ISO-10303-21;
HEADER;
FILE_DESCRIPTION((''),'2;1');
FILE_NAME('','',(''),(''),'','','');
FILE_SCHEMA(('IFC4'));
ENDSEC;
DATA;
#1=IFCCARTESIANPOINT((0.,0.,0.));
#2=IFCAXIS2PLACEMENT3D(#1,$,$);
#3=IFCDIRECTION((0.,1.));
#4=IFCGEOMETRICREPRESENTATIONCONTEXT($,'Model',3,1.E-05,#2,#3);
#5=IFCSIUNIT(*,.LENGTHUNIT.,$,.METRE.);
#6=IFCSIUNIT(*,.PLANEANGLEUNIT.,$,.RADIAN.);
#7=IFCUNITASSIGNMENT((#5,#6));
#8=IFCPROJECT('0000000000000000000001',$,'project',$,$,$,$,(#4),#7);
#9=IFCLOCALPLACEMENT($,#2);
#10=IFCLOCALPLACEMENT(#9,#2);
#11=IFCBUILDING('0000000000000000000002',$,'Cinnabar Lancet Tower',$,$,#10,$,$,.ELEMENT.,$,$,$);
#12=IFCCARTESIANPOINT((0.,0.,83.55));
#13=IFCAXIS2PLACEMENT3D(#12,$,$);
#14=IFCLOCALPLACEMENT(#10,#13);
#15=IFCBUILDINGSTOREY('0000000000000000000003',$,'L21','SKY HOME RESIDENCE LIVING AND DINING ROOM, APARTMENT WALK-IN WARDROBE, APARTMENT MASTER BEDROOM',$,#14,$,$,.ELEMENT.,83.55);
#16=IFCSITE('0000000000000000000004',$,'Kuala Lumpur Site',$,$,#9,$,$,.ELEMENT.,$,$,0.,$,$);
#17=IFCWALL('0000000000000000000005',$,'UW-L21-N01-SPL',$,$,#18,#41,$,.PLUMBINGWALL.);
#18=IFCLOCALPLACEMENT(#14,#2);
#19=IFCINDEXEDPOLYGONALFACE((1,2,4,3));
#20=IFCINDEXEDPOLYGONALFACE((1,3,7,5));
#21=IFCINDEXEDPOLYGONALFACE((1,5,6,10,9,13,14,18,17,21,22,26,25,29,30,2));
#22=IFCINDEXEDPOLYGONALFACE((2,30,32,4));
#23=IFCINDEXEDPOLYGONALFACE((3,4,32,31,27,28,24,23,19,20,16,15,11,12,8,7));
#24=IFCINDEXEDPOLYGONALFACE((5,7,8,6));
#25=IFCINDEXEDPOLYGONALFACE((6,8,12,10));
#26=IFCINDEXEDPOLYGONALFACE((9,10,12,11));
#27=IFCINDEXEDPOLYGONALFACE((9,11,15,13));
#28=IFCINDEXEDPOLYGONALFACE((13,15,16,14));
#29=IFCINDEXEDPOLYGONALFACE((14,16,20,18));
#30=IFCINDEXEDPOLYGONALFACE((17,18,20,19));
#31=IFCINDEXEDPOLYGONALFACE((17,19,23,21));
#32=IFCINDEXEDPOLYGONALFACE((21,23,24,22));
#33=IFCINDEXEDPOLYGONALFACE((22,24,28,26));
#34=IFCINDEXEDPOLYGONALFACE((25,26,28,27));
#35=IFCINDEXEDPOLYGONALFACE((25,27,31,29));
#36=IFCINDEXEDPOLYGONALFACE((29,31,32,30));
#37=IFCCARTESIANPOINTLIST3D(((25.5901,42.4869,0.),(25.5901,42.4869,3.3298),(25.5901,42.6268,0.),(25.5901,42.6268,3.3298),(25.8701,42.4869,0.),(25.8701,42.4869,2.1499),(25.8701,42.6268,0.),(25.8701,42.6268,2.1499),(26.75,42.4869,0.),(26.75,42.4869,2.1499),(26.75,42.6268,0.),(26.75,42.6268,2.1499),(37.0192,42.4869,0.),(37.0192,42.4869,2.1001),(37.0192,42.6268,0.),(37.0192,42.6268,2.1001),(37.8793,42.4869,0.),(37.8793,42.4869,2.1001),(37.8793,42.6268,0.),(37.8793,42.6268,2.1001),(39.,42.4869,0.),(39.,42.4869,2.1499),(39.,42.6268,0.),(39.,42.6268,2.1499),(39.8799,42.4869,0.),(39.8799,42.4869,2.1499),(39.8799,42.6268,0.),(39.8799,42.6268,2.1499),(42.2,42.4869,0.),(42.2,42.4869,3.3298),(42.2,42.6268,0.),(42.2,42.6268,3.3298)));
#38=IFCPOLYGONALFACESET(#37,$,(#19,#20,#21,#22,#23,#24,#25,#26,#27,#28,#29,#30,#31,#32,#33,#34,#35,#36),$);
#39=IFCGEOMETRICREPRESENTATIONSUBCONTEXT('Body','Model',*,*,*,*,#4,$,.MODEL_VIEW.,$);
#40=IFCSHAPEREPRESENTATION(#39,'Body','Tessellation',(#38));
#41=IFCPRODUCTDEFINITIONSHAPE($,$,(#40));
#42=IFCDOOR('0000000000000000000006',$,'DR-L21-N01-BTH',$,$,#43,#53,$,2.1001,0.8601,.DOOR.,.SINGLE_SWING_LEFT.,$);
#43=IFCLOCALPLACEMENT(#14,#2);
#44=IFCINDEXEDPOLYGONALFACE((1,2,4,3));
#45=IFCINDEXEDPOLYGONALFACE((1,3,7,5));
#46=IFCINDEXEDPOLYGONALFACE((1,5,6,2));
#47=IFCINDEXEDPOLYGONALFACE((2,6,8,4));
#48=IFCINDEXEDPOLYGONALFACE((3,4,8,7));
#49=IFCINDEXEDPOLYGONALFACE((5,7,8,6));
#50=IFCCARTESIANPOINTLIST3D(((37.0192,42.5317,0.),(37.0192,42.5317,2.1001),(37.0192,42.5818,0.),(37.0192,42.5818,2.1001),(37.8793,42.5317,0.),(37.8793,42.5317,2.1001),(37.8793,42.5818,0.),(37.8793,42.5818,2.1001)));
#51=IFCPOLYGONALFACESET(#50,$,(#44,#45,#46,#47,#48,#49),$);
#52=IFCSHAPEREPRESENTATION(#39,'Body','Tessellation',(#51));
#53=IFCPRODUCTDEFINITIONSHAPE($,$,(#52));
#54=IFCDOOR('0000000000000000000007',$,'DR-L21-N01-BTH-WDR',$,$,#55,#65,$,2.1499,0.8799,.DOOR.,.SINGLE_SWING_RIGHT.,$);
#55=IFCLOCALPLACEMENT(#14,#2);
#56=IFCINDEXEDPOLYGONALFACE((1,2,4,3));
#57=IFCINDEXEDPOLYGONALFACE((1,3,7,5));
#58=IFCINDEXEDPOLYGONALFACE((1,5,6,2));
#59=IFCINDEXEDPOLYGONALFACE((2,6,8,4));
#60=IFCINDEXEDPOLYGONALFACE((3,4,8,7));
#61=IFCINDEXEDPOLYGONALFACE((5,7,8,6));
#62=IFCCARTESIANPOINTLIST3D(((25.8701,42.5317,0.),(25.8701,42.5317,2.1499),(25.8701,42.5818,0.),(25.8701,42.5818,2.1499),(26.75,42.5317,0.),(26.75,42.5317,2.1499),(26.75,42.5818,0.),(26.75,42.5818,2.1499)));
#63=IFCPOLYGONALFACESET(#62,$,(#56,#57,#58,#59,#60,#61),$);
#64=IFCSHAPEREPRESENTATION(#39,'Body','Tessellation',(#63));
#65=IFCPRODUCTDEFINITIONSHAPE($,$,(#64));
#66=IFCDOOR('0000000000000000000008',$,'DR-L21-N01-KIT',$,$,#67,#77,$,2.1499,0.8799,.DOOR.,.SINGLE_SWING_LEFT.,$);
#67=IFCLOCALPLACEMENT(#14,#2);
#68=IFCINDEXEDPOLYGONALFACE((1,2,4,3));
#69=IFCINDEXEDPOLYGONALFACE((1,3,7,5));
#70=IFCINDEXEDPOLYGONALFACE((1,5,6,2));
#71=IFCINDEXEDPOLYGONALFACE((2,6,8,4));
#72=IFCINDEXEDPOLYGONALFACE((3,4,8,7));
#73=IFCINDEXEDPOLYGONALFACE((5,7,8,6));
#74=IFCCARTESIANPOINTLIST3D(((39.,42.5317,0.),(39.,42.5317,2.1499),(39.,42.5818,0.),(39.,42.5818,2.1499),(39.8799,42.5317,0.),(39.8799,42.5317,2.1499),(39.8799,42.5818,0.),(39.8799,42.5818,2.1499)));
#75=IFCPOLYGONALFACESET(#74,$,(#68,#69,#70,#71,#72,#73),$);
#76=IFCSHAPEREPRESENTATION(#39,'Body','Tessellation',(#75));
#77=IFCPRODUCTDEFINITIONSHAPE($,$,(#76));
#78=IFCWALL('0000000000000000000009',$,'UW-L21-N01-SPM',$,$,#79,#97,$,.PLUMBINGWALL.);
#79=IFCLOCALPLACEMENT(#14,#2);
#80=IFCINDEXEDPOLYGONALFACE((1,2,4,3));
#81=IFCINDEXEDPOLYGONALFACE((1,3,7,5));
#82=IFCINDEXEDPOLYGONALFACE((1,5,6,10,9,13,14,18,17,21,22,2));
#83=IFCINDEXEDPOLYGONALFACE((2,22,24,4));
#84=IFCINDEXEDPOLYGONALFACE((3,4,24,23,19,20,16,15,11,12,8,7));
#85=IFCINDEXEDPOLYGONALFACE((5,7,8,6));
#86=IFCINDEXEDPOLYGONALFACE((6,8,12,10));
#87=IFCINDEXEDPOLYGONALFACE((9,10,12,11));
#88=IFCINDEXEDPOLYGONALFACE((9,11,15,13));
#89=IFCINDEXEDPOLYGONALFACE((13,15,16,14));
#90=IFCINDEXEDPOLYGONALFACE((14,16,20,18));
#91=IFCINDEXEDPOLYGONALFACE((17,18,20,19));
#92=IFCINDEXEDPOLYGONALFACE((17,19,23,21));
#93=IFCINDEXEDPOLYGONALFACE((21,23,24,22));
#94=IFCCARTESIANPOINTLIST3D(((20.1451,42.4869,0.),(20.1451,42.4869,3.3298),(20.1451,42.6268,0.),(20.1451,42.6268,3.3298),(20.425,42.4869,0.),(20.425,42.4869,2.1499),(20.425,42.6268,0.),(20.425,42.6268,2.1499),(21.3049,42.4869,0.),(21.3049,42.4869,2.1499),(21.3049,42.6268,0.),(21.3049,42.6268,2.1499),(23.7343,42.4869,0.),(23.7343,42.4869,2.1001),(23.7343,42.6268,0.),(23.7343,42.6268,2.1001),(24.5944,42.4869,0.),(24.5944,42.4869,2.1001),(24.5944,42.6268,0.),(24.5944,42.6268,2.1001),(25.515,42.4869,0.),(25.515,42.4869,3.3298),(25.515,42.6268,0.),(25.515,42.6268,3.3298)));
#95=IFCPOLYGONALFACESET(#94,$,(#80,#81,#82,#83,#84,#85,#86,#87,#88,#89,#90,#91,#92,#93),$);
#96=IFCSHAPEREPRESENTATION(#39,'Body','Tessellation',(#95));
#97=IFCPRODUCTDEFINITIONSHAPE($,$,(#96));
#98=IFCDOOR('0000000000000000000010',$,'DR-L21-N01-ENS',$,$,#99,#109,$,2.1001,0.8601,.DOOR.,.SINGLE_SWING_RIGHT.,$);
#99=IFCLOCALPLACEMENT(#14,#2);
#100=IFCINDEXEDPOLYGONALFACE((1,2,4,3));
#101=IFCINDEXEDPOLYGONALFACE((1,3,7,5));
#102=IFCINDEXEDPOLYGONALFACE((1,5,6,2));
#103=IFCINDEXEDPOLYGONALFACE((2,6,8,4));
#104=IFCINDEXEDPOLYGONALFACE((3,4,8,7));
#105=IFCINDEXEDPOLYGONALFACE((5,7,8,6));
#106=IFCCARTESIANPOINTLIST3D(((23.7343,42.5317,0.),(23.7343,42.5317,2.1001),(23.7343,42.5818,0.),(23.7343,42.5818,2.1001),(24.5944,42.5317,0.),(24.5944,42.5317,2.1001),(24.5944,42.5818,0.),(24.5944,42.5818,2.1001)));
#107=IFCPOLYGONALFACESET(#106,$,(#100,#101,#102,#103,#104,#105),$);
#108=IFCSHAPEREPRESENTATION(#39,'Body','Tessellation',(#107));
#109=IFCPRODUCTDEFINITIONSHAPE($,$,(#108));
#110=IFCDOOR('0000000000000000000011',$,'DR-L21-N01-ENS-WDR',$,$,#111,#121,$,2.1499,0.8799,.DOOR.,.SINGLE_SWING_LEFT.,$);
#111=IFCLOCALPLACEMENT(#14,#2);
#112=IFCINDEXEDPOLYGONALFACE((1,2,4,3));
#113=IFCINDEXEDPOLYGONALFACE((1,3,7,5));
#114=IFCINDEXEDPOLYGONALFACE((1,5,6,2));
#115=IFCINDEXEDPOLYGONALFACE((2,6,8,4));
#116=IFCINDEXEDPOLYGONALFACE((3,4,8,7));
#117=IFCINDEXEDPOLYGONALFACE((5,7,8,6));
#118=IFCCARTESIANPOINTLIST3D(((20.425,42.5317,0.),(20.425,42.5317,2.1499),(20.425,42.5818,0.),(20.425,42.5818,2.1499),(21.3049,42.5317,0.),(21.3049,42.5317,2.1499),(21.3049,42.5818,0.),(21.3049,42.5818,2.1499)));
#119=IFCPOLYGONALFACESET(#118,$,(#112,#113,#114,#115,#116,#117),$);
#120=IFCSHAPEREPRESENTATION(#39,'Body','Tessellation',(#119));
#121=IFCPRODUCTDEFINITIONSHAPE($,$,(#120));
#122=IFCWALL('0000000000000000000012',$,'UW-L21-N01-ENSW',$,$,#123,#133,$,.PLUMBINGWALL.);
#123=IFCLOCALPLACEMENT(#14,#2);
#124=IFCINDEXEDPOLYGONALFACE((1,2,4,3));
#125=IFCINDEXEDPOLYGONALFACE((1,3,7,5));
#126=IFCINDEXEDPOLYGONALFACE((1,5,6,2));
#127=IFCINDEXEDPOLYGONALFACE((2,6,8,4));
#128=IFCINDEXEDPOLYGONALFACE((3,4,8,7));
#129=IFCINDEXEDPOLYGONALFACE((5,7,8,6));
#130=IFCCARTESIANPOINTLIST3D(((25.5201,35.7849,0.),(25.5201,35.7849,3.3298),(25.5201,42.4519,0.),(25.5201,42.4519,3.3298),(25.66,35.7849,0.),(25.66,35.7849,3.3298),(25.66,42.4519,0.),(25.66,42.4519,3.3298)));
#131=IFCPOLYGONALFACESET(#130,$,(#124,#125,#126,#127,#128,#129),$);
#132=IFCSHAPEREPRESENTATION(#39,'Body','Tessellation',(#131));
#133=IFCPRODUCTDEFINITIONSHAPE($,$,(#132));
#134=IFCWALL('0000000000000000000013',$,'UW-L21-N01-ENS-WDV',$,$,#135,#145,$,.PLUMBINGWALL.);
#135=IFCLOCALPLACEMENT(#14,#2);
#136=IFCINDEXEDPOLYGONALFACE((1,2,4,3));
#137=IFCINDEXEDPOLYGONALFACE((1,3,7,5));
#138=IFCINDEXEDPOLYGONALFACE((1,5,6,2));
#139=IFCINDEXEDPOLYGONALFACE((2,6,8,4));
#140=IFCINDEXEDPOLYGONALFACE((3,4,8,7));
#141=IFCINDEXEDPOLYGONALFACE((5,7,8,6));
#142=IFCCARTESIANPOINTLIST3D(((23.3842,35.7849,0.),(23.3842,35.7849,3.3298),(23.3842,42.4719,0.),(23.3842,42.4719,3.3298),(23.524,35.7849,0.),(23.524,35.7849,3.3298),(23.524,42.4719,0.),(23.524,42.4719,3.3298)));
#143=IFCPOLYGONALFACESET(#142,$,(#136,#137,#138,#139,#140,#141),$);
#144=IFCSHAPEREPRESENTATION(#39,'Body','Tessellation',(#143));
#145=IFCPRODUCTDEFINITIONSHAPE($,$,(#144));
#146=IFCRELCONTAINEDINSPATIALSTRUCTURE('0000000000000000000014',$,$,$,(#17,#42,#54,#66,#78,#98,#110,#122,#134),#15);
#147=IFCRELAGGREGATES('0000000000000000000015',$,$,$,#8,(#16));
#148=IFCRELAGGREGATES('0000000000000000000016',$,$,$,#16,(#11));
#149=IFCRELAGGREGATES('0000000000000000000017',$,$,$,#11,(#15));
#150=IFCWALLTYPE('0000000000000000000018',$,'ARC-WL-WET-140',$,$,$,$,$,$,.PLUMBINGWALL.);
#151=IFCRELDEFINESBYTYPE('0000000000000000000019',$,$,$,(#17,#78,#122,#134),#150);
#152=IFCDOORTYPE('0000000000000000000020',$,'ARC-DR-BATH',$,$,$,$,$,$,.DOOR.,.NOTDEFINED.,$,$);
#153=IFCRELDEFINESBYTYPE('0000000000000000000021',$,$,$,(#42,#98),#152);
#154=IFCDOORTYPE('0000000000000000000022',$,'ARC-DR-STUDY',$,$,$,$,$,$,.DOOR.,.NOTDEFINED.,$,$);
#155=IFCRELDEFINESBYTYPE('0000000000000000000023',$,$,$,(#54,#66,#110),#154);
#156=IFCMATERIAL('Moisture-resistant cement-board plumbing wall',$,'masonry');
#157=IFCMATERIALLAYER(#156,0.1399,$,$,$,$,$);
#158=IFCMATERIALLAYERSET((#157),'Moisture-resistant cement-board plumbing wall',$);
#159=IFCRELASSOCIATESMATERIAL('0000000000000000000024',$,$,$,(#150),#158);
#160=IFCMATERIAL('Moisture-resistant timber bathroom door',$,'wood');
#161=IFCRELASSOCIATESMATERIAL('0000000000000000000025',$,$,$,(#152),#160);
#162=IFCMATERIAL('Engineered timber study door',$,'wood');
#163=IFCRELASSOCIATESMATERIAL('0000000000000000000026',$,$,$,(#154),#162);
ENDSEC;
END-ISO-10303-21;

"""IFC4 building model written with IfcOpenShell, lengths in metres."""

from ifc_helpers import new_model, si_unit, direction, frame, frame_2d, origin, place, context, subcontext, project, spatial, rectangle, extrude, material, layer, layer_set, type_object, element, fill, save


model = new_model("IFC4")

# Units and contexts
model_context = context("Model", 3, precision=1e-05, world=origin(), true_north=direction((0.0, 1.0)))
body_context = subcontext(model_context, "Body", "Model", "MODEL_VIEW")
ifc_project = project(units=[si_unit("LENGTHUNIT", "METRE"), si_unit("PLANEANGLEUNIT", "RADIAN")], contexts=[model_context])

# Site, building, storey
site_placement = place(None, origin())
site = spatial("IfcSite", under=ifc_project, at=site_placement, Name="Kuala Lumpur Site", CompositionType="ELEMENT", RefElevation=0.0)
building_placement = place(site_placement, origin())
building = spatial("IfcBuilding", under=site, at=building_placement, Name="Cinnabar Lancet Tower", CompositionType="ELEMENT")
storey_placement = place(building_placement, frame((0.0, 0.0, 83.55)))
storey = spatial("IfcBuildingStorey", under=building, at=storey_placement, Name="L21", Description="SKY HOME RESIDENCE LIVING AND DINING ROOM, APARTMENT WALK-IN WARDROBE, APARTMENT MASTER BEDROOM", CompositionType="ELEMENT", Elevation=83.55)

# Walls, openings, doors
ifc_material_1 = material(Name="Moisture-resistant cement-board plumbing wall", Category="masonry")
ifc_layer_1 = layer(ifc_material_1, 0.1399)
ifc_layer_set_1 = layer_set([ifc_layer_1], Name="Moisture-resistant cement-board plumbing wall")
wall_type_1 = type_object("IfcWallType", Name="ARC-WL-WET-140", PredefinedType="PLUMBINGWALL", material=ifc_layer_set_1)
wall_1_placement = place(storey_placement, frame((25.5901, 42.5569, 0.0), z_axis=(0.0, 0.0, 1.0), x_axis=(1.0, 0.0, 0.0)))
wall_1 = element("IfcWall", 1, at=wall_1_placement, inside=storey, type_object=wall_type_1, Name="UW-L21-N01-SPL", PredefinedType="PLUMBINGWALL", context=body_context, shape_type="SweptSolid", body=[
    extrude(rectangle(XDim=16.6099, YDim=0.1399, at=frame_2d((8.3049, 0.0))), origin(), (0.0, 0.0, 1.0), 3.3298),
])
opening_1_placement = place(wall_1_placement, frame((0.28, 0.0, 0.0)))
opening_1 = element("IfcOpeningElement", 2, at=opening_1_placement, cuts=wall_1, PredefinedType="OPENING", context=body_context, shape_type="SweptSolid", body=[
    extrude(rectangle(XDim=0.8799, YDim=2.1499, at=frame_2d((0.4399, 1.075))), frame((0.0, 0.0798, 0.0), z_axis=(0.0, -1.0, 0.0), x_axis=(1.0, 0.0, 0.0)), (0.0, 0.0, 1.0), 0.1599),
])
opening_2_placement = place(wall_1_placement, frame((11.429, 0.0, 0.0)))
opening_2 = element("IfcOpeningElement", 3, at=opening_2_placement, cuts=wall_1, PredefinedType="OPENING", context=body_context, shape_type="SweptSolid", body=[
    extrude(rectangle(XDim=0.8601, YDim=2.1001, at=frame_2d((0.4302, 1.05))), frame((0.0, 0.0798, 0.0), z_axis=(0.0, -1.0, 0.0), x_axis=(1.0, 0.0, 0.0)), (0.0, 0.0, 1.0), 0.1599),
])
opening_3_placement = place(wall_1_placement, frame((13.4099, 0.0, 0.0)))
opening_3 = element("IfcOpeningElement", 4, at=opening_3_placement, cuts=wall_1, PredefinedType="OPENING", context=body_context, shape_type="SweptSolid", body=[
    extrude(rectangle(XDim=0.8799, YDim=2.1499, at=frame_2d((0.4399, 1.075))), frame((0.0, 0.0798, 0.0), z_axis=(0.0, -1.0, 0.0), x_axis=(1.0, 0.0, 0.0)), (0.0, 0.0, 1.0), 0.1599),
])
ifc_material_2 = material(Name="Moisture-resistant timber bathroom door", Category="wood")
door_type_1 = type_object("IfcDoorType", Name="ARC-DR-BATH", OperationType="NOTDEFINED", PredefinedType="DOOR", material=ifc_material_2)
door_1_placement = place(opening_2_placement, origin())
door_1 = element("IfcDoor", 5, at=door_1_placement, inside=storey, type_object=door_type_1, Name="DR-L21-N01-BTH", OperationType="SINGLE_SWING_LEFT", OverallHeight=2.1001, OverallWidth=0.8601, PredefinedType="DOOR", context=body_context, shape_type="SweptSolid", body=[
    extrude(rectangle(XDim=0.8601, YDim=2.1001, at=frame_2d((0.4302, 1.05))), frame((0.0, 0.0249, 0.0), z_axis=(0.0, -1.0, 0.0), x_axis=(1.0, 0.0, 0.0)), (0.0, 0.0, 1.0), 0.05),
])
fill(opening_2, door_1)
ifc_material_3 = material(Name="Engineered timber study door", Category="wood")
door_type_2 = type_object("IfcDoorType", Name="ARC-DR-STUDY", OperationType="NOTDEFINED", PredefinedType="DOOR", material=ifc_material_3)
door_2_placement = place(opening_1_placement, origin())
door_2 = element("IfcDoor", 6, at=door_2_placement, inside=storey, type_object=door_type_2, Name="DR-L21-N01-BTH-WDR", OperationType="SINGLE_SWING_RIGHT", OverallHeight=2.1499, OverallWidth=0.8799, PredefinedType="DOOR", context=body_context, shape_type="SweptSolid", body=[
    extrude(rectangle(XDim=0.8799, YDim=2.1499, at=frame_2d((0.4399, 1.075))), frame((0.0, 0.0249, 0.0), z_axis=(0.0, -1.0, 0.0), x_axis=(1.0, 0.0, 0.0)), (0.0, 0.0, 1.0), 0.05),
])
fill(opening_1, door_2)
door_3_placement = place(opening_3_placement, origin())
door_3 = element("IfcDoor", 7, at=door_3_placement, inside=storey, type_object=door_type_2, Name="DR-L21-N01-KIT", OperationType="SINGLE_SWING_LEFT", OverallHeight=2.1499, OverallWidth=0.8799, PredefinedType="DOOR", context=body_context, shape_type="SweptSolid", body=[
    extrude(rectangle(XDim=0.8799, YDim=2.1499, at=frame_2d((0.4399, 1.075))), frame((0.0, 0.0249, 0.0), z_axis=(0.0, -1.0, 0.0), x_axis=(1.0, 0.0, 0.0)), (0.0, 0.0, 1.0), 0.05),
])
fill(opening_3, door_3)
wall_2_placement = place(storey_placement, frame((20.145, 42.5569, 0.0), z_axis=(0.0, 0.0, 1.0), x_axis=(1.0, 0.0, 0.0)))
wall_2 = element("IfcWall", 8, at=wall_2_placement, inside=storey, type_object=wall_type_1, Name="UW-L21-N01-SPM", PredefinedType="PLUMBINGWALL", context=body_context, shape_type="SweptSolid", body=[
    extrude(rectangle(XDim=5.3699, YDim=0.1399, at=frame_2d((2.6851, 0.0))), origin(), (0.0, 0.0, 1.0), 3.3298),
])
opening_4_placement = place(wall_2_placement, frame((0.28, 0.0, 0.0)))
opening_4 = element("IfcOpeningElement", 9, at=opening_4_placement, cuts=wall_2, PredefinedType="OPENING", context=body_context, shape_type="SweptSolid", body=[
    extrude(rectangle(XDim=0.8799, YDim=2.1499, at=frame_2d((0.4399, 1.075))), frame((0.0, 0.0798, 0.0), z_axis=(0.0, -1.0, 0.0), x_axis=(1.0, 0.0, 0.0)), (0.0, 0.0, 1.0), 0.1599),
])
opening_5_placement = place(wall_2_placement, frame((3.5891, 0.0, 0.0)))
opening_5 = element("IfcOpeningElement", 10, at=opening_5_placement, cuts=wall_2, PredefinedType="OPENING", context=body_context, shape_type="SweptSolid", body=[
    extrude(rectangle(XDim=0.8601, YDim=2.1001, at=frame_2d((0.4302, 1.05))), frame((0.0, 0.0798, 0.0), z_axis=(0.0, -1.0, 0.0), x_axis=(1.0, 0.0, 0.0)), (0.0, 0.0, 1.0), 0.1599),
])
door_4_placement = place(opening_5_placement, origin())
door_4 = element("IfcDoor", 11, at=door_4_placement, inside=storey, type_object=door_type_1, Name="DR-L21-N01-ENS", OperationType="SINGLE_SWING_RIGHT", OverallHeight=2.1001, OverallWidth=0.8601, PredefinedType="DOOR", context=body_context, shape_type="SweptSolid", body=[
    extrude(rectangle(XDim=0.8601, YDim=2.1001, at=frame_2d((0.4302, 1.05))), frame((0.0, 0.0249, 0.0), z_axis=(0.0, -1.0, 0.0), x_axis=(1.0, 0.0, 0.0)), (0.0, 0.0, 1.0), 0.05),
])
fill(opening_5, door_4)
door_5_placement = place(opening_4_placement, origin())
door_5 = element("IfcDoor", 12, at=door_5_placement, inside=storey, type_object=door_type_2, Name="DR-L21-N01-ENS-WDR", OperationType="SINGLE_SWING_LEFT", OverallHeight=2.1499, OverallWidth=0.8799, PredefinedType="DOOR", context=body_context, shape_type="SweptSolid", body=[
    extrude(rectangle(XDim=0.8799, YDim=2.1499, at=frame_2d((0.4399, 1.075))), frame((0.0, 0.0249, 0.0), z_axis=(0.0, -1.0, 0.0), x_axis=(1.0, 0.0, 0.0)), (0.0, 0.0, 1.0), 0.05),
])
fill(opening_4, door_5)

# Walls
wall_3_placement = place(storey_placement, frame((25.5901, 35.7849, 0.0), z_axis=(0.0, 0.0, 1.0), x_axis=(0.0, 1.0, 0.0)))
element("IfcWall", 13, at=wall_3_placement, inside=storey, type_object=wall_type_1, Name="UW-L21-N01-ENSW", PredefinedType="PLUMBINGWALL", context=body_context, shape_type="SweptSolid", body=[
    extrude(rectangle(XDim=6.667, YDim=0.1399, at=frame_2d((3.3335, 0.0))), origin(), (0.0, 0.0, 1.0), 3.3298),
])
wall_4_placement = place(storey_placement, frame((23.4541, 35.7849, 0.0), z_axis=(0.0, 0.0, 1.0), x_axis=(0.0, 1.0, 0.0)))
element("IfcWall", 14, at=wall_4_placement, inside=storey, type_object=wall_type_1, Name="UW-L21-N01-ENS-WDV", PredefinedType="PLUMBINGWALL", context=body_context, shape_type="SweptSolid", body=[
    extrude(rectangle(XDim=6.687, YDim=0.1399, at=frame_2d((3.3435, 0.0))), origin(), (0.0, 0.0, 1.0), 3.3298),
])

save(model, "model.ifc")
